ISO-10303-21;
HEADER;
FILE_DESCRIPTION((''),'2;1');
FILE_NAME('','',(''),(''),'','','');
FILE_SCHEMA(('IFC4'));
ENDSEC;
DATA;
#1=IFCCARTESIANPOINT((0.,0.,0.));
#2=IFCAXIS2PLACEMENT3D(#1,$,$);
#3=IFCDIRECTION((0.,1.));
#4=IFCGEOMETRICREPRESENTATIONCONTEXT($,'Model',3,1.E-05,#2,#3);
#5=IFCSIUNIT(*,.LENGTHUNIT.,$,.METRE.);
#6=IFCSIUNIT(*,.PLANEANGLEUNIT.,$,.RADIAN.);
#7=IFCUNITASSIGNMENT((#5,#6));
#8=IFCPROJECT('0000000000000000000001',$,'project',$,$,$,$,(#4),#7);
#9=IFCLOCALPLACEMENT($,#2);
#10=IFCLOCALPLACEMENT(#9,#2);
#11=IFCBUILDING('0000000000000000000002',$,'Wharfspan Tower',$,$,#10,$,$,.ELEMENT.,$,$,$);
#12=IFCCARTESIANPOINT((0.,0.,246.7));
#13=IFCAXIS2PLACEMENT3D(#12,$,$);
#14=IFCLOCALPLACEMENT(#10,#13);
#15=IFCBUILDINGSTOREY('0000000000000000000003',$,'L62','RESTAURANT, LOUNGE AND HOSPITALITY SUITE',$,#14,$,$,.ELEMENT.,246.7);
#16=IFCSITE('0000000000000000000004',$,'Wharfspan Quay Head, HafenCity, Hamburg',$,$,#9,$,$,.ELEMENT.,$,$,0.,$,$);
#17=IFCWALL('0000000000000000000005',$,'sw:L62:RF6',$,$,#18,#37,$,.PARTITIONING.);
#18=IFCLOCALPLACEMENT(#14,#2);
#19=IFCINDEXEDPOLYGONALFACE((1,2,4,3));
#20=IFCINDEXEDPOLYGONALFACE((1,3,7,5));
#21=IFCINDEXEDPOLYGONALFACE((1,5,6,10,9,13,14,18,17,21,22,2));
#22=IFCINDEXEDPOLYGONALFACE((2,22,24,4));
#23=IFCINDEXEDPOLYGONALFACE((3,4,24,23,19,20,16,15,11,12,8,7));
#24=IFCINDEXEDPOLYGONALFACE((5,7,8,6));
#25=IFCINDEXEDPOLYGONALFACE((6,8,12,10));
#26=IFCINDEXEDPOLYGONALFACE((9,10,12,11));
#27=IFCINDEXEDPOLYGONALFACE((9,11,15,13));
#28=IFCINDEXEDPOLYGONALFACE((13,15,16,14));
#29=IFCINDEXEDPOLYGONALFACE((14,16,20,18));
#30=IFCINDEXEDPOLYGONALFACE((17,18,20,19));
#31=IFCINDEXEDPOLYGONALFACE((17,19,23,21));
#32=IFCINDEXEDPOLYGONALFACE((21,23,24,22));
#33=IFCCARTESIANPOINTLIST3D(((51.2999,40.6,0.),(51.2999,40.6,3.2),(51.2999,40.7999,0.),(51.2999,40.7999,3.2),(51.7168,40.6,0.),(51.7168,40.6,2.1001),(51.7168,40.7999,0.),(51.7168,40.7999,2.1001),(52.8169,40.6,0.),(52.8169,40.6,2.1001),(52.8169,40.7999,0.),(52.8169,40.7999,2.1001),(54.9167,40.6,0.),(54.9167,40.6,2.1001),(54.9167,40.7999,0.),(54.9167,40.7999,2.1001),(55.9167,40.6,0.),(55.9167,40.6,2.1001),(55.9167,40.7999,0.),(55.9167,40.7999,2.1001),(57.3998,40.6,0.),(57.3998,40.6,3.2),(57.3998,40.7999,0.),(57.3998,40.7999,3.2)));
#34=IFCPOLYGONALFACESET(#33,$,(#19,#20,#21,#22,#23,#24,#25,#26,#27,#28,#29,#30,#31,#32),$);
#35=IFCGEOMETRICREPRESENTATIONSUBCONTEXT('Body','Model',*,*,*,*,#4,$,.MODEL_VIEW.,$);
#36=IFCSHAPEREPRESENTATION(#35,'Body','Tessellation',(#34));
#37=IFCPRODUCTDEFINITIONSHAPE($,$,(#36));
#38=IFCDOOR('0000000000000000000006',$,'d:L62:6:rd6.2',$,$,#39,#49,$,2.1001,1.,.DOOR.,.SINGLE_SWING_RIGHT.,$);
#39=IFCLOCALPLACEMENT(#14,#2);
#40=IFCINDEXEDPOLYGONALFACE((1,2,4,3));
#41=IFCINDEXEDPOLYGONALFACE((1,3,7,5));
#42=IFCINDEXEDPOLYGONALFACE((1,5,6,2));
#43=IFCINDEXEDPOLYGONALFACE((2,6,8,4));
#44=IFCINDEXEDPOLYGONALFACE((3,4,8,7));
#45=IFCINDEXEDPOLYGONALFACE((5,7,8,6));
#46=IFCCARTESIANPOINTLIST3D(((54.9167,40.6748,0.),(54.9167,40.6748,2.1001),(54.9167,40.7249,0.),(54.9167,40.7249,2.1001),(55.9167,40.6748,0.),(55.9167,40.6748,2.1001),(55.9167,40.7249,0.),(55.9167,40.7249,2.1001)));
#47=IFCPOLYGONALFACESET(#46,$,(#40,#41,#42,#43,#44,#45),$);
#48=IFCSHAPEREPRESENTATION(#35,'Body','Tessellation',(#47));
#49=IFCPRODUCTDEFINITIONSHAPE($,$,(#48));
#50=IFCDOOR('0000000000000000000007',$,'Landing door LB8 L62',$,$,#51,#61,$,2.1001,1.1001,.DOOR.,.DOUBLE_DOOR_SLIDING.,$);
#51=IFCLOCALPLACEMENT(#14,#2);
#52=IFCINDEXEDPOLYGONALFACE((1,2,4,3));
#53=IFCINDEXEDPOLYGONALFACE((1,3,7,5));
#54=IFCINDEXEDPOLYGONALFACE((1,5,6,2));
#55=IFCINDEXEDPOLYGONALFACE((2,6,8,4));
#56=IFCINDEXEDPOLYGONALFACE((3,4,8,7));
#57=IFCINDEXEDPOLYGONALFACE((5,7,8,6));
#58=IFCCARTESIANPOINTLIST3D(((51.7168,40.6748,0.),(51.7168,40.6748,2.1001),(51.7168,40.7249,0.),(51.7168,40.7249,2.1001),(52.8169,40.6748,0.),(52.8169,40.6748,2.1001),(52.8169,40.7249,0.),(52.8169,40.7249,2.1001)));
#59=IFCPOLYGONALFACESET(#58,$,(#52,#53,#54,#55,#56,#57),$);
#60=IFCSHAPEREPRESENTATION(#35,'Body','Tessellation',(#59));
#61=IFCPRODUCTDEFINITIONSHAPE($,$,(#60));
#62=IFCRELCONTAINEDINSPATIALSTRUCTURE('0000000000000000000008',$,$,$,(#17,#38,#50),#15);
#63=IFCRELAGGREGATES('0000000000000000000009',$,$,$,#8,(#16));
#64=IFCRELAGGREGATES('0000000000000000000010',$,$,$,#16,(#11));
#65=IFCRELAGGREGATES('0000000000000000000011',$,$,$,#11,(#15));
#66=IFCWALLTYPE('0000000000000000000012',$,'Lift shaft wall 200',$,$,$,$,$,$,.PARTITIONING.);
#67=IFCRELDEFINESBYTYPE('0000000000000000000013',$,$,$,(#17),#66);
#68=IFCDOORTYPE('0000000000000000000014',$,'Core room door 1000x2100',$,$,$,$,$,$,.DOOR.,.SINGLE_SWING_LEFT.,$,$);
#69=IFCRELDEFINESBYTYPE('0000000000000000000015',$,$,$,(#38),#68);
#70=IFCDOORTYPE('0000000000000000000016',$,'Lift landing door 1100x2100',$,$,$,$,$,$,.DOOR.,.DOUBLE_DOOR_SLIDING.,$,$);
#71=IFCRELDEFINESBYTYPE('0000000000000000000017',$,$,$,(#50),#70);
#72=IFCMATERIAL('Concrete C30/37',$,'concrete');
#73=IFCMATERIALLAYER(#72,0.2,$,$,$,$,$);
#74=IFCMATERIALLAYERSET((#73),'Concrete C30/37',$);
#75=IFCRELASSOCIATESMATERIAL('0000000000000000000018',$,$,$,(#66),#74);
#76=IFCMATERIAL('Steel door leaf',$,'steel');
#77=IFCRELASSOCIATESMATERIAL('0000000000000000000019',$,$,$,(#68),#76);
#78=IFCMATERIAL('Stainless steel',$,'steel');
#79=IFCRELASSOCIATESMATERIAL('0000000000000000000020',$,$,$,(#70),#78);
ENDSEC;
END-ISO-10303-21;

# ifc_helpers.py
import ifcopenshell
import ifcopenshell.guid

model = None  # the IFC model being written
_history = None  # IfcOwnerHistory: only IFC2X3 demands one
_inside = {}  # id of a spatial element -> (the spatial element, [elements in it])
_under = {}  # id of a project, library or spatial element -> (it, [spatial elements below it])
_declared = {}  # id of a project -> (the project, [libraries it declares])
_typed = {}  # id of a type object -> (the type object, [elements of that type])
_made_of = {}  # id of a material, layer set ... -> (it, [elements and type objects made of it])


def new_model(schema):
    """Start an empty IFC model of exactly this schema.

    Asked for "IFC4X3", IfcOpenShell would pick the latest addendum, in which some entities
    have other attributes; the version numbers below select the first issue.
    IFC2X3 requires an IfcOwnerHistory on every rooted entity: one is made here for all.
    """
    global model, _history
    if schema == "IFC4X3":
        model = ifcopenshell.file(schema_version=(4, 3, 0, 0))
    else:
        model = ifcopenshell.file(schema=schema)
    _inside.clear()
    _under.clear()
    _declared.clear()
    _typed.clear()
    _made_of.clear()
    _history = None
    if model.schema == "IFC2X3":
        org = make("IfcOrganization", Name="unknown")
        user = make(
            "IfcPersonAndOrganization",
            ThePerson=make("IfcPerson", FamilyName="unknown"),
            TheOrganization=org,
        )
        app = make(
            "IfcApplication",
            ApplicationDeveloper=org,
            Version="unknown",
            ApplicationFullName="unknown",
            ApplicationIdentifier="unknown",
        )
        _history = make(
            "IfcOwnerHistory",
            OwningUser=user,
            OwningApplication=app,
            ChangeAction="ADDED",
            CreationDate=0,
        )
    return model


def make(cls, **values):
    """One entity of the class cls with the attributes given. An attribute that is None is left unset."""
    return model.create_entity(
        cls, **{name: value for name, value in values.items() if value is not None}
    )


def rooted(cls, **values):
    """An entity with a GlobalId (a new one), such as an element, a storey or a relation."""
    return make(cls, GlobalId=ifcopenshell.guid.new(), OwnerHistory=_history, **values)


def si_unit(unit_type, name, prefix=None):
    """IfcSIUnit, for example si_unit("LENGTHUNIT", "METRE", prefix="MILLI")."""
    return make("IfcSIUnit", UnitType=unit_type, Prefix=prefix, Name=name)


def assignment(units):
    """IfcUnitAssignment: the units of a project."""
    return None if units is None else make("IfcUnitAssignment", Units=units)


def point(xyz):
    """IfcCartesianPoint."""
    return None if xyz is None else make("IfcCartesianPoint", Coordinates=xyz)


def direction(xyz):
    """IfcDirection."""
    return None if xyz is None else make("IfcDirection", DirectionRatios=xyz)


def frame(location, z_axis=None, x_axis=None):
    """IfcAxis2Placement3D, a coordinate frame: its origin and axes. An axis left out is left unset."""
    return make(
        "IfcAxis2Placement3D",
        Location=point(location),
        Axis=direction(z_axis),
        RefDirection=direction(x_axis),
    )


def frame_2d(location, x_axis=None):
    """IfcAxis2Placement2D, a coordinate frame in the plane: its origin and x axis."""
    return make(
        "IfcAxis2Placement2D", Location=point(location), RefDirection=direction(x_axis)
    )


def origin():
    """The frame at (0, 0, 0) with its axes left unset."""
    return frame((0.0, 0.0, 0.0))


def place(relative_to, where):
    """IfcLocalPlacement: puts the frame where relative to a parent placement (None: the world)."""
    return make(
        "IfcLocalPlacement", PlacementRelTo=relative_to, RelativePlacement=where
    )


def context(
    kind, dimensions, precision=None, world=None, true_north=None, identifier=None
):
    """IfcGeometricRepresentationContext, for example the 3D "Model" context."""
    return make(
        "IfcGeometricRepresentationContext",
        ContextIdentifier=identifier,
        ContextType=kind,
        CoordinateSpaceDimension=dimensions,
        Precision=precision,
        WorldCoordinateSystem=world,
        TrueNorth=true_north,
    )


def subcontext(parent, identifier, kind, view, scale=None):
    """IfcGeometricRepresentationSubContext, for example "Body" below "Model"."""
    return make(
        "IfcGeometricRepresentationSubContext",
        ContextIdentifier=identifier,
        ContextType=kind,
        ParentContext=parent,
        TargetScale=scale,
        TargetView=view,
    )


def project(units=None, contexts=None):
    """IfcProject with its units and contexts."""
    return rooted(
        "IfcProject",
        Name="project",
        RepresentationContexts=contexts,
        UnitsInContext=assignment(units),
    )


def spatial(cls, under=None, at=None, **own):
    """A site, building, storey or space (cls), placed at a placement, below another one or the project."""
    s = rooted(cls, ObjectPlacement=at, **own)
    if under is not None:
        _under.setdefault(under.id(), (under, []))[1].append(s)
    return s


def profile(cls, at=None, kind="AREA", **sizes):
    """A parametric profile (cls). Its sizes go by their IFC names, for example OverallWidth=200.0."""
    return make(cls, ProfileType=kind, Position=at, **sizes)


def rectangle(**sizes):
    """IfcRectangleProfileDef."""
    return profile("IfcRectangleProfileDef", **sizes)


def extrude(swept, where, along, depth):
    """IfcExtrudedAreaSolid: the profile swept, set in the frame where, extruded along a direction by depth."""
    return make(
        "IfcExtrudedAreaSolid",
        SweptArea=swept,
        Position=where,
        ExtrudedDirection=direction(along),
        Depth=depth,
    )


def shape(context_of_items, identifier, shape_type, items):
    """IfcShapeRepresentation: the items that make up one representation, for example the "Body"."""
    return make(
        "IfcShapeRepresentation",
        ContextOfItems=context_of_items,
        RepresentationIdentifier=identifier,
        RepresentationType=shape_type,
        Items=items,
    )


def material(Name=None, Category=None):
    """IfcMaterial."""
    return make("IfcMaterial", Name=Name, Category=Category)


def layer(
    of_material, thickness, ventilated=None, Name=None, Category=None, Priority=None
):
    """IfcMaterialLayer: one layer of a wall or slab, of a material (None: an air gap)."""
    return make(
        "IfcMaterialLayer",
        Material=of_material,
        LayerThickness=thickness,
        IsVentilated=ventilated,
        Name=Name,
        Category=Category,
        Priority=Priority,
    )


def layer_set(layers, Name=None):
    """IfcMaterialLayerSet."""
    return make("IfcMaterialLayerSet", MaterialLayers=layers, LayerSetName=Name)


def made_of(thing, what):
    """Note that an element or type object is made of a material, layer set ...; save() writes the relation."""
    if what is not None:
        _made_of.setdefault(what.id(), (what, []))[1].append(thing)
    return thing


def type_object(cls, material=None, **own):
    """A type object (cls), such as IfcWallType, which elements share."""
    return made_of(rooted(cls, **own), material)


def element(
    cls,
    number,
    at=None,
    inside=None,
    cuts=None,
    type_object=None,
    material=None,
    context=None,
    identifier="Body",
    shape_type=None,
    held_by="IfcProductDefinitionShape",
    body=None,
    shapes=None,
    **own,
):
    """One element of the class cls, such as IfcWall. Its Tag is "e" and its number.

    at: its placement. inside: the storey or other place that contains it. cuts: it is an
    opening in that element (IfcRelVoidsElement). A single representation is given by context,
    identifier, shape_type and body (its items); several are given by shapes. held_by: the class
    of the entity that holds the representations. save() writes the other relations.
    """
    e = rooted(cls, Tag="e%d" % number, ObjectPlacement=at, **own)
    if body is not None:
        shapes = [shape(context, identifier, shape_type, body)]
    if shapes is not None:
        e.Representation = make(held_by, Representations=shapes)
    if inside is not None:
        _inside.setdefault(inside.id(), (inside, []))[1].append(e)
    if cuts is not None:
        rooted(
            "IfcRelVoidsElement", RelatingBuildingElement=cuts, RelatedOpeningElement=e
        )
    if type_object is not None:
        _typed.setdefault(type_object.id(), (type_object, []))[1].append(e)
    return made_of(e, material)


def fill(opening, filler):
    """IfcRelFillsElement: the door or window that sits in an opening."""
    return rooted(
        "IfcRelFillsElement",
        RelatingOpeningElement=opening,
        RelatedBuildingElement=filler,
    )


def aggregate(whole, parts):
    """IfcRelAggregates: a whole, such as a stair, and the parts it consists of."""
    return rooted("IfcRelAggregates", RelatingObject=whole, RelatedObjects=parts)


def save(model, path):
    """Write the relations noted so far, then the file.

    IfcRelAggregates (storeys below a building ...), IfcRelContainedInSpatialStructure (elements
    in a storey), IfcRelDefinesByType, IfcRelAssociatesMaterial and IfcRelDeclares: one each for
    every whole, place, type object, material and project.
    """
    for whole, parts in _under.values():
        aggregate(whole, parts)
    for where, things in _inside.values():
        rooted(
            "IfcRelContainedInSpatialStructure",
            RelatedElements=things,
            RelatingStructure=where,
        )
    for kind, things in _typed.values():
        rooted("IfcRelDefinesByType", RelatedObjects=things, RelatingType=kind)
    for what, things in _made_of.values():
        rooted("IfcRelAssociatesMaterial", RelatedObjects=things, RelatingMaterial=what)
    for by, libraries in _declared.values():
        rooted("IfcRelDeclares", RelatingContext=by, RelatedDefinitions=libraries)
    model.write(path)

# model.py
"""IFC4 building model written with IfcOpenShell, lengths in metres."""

from ifc_helpers import new_model, si_unit, direction, frame, frame_2d, origin, place, context, subcontext, project, spatial, rectangle, extrude, material, layer, layer_set, type_object, element, fill, save


model = new_model("IFC4")

# Units and contexts
model_context = context("Model", 3, precision=1e-05, world=origin(), true_north=direction((0.0, 1.0)))
body_context = subcontext(model_context, "Body", "Model", "MODEL_VIEW")
ifc_project = project(units=[si_unit("LENGTHUNIT", "METRE"), si_unit("PLANEANGLEUNIT", "RADIAN")], contexts=[model_context])

# Site, building, storey
site_placement = place(None, origin())
site = spatial("IfcSite", under=ifc_project, at=site_placement, Name="Wharfspan Quay Head, HafenCity, Hamburg", CompositionType="ELEMENT", RefElevation=0.0)
building_placement = place(site_placement, origin())
building = spatial("IfcBuilding", under=site, at=building_placement, Name="Wharfspan Tower", CompositionType="ELEMENT")
storey_placement = place(building_placement, frame((0.0, 0.0, 246.7)))
storey = spatial("IfcBuildingStorey", under=building, at=storey_placement, Name="L62", Description="RESTAURANT, LOUNGE AND HOSPITALITY SUITE", CompositionType="ELEMENT", Elevation=246.7)

# Shared definitions
ifc_material_1 = material(Name="Steel door leaf", Category="steel")

# Wall, openings, doors
ifc_material_2 = material(Name="Concrete C30/37", Category="concrete")
ifc_layer_1 = layer(ifc_material_2, 0.2)
ifc_layer_set_1 = layer_set([ifc_layer_1], Name="Concrete C30/37")
wall_type_1 = type_object("IfcWallType", Name="Lift shaft wall 200", PredefinedType="PARTITIONING", material=ifc_layer_set_1)
wall_1_placement = place(storey_placement, frame((51.3, 40.7, 0.0), z_axis=(0.0, 0.0, 1.0), x_axis=(1.0, 0.0, 0.0)))
wall_1 = element("IfcWall", 1, at=wall_1_placement, inside=storey, type_object=wall_type_1, Name="sw:L62:RF6", PredefinedType="PARTITIONING", context=body_context, shape_type="SweptSolid", body=[
    extrude(rectangle(XDim=6.0999, YDim=0.2, at=frame_2d((3.0498, 0.0))), origin(), (0.0, 0.0, 1.0), 3.2),
])
opening_1_placement = place(wall_1_placement, frame((0.4167, 0.0, 0.0)))
opening_1 = element("IfcOpeningElement", 2, at=opening_1_placement, cuts=wall_1, PredefinedType="OPENING", context=body_context, shape_type="SweptSolid", body=[
    extrude(rectangle(XDim=1.1001, YDim=2.1001, at=frame_2d((0.55, 1.05))), frame((0.0, 0.1099, 0.0), z_axis=(0.0, -1.0, 0.0), x_axis=(1.0, 0.0, 0.0)), (0.0, 0.0, 1.0), 0.22),
])
opening_2_placement = place(wall_1_placement, frame((3.6167, 0.0, 0.0)))
opening_2 = element("IfcOpeningElement", 3, at=opening_2_placement, cuts=wall_1, PredefinedType="OPENING", context=body_context, shape_type="SweptSolid", body=[
    extrude(rectangle(XDim=1.0, YDim=2.1001, at=frame_2d((0.5, 1.05))), frame((0.0, 0.1099, 0.0), z_axis=(0.0, -1.0, 0.0), x_axis=(1.0, 0.0, 0.0)), (0.0, 0.0, 1.0), 0.22),
])
door_type_1 = type_object("IfcDoorType", Name="Core room door 1000x2100", OperationType="SINGLE_SWING_LEFT", PredefinedType="DOOR", material=ifc_material_1)
door_1_placement = place(opening_2_placement, origin())
door_1 = element("IfcDoor", 4, at=door_1_placement, inside=storey, type_object=door_type_1, Name="d:L62:6:rd6.2", OperationType="SINGLE_SWING_RIGHT", OverallHeight=2.1001, OverallWidth=1.0, PredefinedType="DOOR", context=body_context, shape_type="SweptSolid", body=[
    extrude(rectangle(XDim=1.0, YDim=2.1001, at=frame_2d((0.5, 1.05))), frame((0.0, 0.0249, 0.0), z_axis=(0.0, -1.0, 0.0), x_axis=(1.0, 0.0, 0.0)), (0.0, 0.0, 1.0), 0.05),
])
fill(opening_2, door_1)
ifc_material_3 = material(Name="Stainless steel", Category="steel")
door_type_2 = type_object("IfcDoorType", Name="Lift landing door 1100x2100", OperationType="DOUBLE_DOOR_SLIDING", PredefinedType="DOOR", material=ifc_material_3)
door_2_placement = place(opening_1_placement, origin())
door_2 = element("IfcDoor", 5, at=door_2_placement, inside=storey, type_object=door_type_2, Name="Landing door LB8 L62", OperationType="DOUBLE_DOOR_SLIDING", OverallHeight=2.1001, OverallWidth=1.1001, PredefinedType="DOOR", context=body_context, shape_type="SweptSolid", body=[
    extrude(rectangle(XDim=1.1001, YDim=2.1001, at=frame_2d((0.55, 1.05))), frame((0.0, 0.0249, 0.0), z_axis=(0.0, -1.0, 0.0), x_axis=(1.0, 0.0, 0.0)), (0.0, 0.0, 1.0), 0.05),
])
fill(opening_1, door_2)

save(model, "model.ifc")
